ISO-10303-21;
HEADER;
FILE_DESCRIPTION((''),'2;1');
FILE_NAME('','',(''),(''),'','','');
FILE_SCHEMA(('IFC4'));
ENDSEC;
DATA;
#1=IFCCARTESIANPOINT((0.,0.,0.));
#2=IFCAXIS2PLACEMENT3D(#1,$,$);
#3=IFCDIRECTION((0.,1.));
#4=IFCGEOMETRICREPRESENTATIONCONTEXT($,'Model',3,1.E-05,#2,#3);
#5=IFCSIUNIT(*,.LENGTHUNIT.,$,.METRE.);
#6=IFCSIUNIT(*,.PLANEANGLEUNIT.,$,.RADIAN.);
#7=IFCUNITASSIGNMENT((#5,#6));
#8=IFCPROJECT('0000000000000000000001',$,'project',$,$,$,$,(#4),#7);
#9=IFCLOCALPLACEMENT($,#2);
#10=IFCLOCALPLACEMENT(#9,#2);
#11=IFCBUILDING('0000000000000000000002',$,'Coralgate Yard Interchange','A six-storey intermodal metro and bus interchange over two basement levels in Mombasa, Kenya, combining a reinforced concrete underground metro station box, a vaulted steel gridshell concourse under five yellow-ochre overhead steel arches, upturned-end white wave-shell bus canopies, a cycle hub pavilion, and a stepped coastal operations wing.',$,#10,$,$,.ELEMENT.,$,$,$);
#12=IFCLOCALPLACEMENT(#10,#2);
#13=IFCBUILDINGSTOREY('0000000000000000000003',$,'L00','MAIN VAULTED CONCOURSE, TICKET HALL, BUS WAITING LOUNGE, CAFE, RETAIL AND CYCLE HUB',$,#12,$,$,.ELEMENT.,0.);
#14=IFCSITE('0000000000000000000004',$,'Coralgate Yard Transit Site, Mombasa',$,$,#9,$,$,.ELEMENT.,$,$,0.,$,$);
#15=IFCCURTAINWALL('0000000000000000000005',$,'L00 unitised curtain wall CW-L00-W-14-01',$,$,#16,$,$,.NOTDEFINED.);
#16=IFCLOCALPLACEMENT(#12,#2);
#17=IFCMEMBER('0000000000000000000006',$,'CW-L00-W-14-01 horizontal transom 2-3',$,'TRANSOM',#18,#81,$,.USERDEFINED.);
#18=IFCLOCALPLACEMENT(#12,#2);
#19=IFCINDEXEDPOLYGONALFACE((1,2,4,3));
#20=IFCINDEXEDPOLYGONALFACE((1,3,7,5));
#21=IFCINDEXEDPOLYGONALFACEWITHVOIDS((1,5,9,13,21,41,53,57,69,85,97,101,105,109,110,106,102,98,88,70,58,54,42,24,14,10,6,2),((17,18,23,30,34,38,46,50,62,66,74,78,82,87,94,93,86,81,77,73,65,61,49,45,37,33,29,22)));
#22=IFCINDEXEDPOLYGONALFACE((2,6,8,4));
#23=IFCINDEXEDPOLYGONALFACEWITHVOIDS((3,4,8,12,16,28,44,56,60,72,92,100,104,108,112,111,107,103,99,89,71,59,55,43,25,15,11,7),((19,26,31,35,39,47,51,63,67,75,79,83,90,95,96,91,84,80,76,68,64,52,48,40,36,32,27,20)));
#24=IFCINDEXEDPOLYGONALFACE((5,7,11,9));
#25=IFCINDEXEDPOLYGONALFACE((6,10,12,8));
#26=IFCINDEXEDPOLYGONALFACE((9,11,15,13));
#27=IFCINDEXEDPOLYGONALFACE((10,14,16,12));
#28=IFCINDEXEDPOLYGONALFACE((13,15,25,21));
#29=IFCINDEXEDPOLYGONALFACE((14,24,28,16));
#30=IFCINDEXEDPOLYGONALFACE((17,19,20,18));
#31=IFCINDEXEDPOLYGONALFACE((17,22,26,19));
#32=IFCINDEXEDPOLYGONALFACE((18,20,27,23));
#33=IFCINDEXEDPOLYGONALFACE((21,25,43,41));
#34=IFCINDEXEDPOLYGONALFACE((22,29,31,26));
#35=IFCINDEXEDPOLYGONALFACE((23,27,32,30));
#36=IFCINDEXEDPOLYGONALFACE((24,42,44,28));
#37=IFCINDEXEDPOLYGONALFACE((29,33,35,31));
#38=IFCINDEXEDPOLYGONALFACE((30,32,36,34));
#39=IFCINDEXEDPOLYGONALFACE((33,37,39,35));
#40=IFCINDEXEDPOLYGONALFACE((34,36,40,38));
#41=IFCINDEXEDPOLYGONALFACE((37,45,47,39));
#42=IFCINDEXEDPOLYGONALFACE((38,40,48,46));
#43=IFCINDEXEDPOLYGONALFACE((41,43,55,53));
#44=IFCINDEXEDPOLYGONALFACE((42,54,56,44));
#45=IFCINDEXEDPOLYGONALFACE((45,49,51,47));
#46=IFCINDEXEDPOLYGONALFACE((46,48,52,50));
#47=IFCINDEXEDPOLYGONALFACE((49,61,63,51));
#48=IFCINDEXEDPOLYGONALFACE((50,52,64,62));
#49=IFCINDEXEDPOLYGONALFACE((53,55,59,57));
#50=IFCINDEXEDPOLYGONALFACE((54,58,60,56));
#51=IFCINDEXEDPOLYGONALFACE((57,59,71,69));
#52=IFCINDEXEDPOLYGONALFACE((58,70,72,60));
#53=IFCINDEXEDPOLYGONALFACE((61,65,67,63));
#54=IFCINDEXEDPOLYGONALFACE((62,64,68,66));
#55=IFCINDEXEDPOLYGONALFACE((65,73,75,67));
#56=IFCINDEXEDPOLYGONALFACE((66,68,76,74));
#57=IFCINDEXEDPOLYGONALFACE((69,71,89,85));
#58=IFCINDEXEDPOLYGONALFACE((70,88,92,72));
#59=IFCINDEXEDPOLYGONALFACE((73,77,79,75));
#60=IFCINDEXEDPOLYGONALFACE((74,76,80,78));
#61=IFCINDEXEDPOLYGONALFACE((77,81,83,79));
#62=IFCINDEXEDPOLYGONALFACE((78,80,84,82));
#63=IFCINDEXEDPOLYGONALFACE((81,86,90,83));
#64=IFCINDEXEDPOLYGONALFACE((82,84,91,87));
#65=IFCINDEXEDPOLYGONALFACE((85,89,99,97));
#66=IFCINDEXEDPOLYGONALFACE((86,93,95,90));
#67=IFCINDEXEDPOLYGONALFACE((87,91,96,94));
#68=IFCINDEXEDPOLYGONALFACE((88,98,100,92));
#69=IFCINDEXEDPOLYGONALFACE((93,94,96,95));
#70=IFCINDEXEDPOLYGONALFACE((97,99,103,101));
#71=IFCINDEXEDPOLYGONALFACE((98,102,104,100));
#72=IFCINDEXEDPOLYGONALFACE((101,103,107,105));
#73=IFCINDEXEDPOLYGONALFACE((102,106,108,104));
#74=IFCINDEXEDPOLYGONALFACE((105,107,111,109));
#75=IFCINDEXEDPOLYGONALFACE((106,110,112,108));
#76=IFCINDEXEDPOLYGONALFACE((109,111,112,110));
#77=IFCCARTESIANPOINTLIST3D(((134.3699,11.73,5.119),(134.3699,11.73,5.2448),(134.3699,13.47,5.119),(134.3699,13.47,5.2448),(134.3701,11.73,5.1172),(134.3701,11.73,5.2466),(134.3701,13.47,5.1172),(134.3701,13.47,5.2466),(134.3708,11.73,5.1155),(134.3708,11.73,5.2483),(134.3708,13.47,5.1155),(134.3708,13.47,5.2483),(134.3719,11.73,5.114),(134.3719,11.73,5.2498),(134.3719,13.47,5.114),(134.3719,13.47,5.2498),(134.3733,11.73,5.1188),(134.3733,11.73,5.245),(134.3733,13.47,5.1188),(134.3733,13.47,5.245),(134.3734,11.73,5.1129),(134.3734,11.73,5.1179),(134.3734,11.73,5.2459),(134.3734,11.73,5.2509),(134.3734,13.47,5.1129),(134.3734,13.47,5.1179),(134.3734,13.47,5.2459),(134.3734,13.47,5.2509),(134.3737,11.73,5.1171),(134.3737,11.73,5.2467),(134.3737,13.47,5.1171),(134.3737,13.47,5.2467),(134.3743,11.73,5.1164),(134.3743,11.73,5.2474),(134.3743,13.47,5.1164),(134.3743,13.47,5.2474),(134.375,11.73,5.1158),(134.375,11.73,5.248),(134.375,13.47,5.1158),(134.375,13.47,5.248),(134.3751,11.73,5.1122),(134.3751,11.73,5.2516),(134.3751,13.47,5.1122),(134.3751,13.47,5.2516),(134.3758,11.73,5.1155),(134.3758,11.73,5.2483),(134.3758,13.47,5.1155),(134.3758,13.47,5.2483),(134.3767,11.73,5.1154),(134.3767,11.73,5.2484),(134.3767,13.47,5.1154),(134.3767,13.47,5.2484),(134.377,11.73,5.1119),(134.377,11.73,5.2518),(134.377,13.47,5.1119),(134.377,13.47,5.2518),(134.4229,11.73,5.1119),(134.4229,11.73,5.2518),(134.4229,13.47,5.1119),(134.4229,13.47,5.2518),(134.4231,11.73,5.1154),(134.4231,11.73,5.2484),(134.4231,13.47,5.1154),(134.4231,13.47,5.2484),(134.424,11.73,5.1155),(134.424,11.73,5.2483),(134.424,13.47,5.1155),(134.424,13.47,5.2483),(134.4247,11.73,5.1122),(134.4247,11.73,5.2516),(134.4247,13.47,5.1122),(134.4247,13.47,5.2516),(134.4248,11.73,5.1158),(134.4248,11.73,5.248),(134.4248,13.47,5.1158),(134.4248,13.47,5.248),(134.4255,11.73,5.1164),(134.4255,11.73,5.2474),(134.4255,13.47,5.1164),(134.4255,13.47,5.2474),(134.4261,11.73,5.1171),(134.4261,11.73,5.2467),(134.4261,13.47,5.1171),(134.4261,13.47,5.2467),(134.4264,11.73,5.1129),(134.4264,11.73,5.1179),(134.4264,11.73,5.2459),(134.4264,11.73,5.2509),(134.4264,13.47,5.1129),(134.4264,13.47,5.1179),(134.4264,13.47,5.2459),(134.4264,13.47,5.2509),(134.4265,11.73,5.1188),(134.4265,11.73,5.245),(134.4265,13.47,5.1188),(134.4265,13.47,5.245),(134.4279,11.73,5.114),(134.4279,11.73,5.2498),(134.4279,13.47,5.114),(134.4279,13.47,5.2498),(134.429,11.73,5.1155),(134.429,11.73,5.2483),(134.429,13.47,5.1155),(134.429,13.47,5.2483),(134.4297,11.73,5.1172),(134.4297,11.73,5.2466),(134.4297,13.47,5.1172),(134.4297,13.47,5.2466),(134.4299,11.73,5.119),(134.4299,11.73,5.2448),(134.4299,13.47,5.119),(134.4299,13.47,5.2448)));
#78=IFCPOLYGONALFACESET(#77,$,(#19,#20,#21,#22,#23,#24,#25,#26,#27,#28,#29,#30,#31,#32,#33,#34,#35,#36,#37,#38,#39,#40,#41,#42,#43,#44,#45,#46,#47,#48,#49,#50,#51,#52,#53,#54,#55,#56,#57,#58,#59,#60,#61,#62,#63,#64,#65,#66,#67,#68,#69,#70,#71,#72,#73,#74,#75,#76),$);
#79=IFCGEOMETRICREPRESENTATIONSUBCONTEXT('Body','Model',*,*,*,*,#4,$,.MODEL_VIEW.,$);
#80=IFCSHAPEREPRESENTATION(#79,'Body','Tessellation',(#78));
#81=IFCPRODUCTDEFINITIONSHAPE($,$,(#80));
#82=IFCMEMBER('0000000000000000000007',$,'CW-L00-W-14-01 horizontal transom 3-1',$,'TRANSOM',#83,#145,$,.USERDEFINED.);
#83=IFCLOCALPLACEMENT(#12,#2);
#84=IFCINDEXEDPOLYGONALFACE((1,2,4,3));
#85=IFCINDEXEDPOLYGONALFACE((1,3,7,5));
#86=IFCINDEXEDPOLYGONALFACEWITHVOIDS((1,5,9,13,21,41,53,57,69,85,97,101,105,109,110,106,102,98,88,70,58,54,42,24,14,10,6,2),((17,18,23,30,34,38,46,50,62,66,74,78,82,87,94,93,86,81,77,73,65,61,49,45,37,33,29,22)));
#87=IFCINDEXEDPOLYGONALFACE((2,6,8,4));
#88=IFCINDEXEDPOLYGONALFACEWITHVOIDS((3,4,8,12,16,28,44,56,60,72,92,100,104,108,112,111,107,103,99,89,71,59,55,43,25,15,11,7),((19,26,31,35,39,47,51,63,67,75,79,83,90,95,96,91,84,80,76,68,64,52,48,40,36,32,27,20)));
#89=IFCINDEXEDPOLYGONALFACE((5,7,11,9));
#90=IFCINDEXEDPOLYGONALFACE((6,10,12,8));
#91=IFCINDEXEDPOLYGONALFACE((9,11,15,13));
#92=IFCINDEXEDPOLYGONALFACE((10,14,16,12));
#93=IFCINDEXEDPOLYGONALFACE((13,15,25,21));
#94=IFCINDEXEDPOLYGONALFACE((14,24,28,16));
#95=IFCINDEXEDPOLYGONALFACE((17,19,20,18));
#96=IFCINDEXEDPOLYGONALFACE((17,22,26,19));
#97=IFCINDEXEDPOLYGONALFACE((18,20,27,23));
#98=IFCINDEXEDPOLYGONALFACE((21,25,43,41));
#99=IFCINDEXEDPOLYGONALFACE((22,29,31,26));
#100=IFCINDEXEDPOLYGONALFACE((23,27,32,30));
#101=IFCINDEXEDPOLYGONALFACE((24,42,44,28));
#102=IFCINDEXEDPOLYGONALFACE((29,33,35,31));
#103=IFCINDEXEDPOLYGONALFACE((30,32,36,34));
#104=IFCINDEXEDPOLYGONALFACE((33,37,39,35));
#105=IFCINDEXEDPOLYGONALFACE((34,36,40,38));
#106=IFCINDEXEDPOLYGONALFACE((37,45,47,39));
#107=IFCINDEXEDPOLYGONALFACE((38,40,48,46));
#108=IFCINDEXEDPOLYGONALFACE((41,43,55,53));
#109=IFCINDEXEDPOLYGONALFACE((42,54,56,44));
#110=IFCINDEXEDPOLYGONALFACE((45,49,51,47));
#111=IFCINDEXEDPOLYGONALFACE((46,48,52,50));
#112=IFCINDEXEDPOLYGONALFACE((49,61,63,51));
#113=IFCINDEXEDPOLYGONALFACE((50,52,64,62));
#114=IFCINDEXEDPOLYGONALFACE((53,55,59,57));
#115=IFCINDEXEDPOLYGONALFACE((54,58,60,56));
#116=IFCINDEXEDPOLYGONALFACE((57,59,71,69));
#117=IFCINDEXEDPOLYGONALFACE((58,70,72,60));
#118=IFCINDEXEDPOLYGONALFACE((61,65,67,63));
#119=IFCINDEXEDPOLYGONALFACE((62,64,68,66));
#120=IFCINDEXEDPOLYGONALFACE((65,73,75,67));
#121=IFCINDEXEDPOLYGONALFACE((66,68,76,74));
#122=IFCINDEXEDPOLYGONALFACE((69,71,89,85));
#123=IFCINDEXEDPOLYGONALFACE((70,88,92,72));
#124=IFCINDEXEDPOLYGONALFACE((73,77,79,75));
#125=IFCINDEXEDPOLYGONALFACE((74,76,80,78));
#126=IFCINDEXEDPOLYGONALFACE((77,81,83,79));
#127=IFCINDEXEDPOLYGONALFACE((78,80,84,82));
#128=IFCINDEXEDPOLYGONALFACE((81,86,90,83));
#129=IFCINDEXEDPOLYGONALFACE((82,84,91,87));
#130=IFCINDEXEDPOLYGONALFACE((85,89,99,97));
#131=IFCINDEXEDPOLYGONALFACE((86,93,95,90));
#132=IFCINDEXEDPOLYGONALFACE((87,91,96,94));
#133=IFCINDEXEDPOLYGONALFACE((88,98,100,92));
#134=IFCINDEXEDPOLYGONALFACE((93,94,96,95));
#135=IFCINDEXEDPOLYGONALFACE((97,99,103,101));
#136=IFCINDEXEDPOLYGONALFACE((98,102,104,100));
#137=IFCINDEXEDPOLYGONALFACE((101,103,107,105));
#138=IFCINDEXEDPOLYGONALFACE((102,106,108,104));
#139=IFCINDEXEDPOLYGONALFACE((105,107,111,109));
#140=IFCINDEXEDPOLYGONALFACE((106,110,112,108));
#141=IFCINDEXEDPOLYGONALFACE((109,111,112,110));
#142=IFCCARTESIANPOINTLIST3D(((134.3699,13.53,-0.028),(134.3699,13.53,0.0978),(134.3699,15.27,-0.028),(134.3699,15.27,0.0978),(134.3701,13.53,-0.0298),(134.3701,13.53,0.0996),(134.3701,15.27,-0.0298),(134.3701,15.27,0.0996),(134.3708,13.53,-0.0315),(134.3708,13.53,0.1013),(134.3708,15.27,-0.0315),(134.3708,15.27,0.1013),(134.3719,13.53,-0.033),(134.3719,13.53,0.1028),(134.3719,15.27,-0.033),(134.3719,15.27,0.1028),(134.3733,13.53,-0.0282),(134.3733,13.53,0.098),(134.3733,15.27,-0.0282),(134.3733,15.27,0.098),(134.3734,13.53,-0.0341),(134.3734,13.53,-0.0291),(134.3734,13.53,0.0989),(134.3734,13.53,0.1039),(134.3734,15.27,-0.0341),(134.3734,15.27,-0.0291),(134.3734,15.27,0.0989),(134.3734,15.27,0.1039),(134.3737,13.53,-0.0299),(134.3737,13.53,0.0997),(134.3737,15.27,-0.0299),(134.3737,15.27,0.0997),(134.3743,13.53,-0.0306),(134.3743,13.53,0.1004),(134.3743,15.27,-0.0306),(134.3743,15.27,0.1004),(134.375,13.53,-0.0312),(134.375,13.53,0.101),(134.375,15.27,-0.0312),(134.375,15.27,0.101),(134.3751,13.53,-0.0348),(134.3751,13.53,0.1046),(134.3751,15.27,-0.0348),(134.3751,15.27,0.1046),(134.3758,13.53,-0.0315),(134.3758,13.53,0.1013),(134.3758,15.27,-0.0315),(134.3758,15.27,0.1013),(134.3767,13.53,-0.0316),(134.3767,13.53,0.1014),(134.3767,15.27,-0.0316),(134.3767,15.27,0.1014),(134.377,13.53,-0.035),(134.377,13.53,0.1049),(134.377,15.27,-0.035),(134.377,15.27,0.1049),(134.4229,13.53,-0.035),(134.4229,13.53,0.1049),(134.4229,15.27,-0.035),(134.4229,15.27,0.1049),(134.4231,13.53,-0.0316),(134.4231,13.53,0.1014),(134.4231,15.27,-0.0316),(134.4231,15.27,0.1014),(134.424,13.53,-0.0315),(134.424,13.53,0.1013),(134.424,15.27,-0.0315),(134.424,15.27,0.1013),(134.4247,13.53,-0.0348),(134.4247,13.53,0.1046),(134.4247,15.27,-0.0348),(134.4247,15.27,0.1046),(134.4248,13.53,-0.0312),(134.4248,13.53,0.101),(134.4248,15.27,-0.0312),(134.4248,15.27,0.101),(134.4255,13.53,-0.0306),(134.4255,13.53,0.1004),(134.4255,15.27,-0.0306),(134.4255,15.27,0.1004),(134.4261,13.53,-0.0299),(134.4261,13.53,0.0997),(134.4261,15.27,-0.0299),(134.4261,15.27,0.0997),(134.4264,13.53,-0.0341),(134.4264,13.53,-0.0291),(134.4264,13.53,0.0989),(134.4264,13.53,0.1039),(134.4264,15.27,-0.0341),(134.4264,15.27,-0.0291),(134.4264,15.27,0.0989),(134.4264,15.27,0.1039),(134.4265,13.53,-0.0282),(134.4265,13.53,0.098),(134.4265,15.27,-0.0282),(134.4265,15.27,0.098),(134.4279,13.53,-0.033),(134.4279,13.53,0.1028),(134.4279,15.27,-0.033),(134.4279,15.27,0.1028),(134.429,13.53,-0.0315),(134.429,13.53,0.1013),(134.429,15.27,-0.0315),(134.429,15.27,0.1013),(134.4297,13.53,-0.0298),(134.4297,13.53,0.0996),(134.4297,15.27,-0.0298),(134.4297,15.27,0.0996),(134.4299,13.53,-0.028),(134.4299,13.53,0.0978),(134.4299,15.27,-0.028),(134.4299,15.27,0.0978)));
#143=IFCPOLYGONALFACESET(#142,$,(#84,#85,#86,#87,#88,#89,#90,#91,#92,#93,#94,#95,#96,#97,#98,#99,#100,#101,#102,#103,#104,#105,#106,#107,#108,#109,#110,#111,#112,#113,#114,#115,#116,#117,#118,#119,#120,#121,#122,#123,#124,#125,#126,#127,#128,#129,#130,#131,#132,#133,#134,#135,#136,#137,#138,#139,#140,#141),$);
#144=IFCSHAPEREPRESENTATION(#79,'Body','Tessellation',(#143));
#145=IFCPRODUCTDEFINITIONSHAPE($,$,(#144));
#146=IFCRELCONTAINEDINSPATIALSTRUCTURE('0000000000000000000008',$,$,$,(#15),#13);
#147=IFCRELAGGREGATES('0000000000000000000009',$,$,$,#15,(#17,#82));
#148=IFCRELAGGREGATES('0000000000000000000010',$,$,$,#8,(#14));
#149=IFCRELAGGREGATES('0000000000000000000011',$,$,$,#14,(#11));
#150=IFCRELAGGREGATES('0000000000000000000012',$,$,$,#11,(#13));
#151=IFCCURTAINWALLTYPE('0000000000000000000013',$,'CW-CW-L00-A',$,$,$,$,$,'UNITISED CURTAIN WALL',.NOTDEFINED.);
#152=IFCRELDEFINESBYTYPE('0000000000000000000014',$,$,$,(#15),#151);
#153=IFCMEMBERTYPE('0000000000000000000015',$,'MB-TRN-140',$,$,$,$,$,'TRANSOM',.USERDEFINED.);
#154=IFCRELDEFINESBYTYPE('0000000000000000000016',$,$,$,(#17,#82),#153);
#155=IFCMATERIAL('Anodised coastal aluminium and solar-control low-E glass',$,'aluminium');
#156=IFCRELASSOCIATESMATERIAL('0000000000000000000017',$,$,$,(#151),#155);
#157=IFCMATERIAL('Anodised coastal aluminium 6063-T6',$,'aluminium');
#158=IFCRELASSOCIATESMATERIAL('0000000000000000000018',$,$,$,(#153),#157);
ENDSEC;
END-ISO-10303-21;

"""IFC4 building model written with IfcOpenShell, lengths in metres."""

from ifc_helpers import new_model, si_unit, direction, frame, origin, origin_2d, place, context, subcontext, project, spatial, hollow_rectangle, extrude, material, material_profile, profile_set, type_object, element, aggregate, save


model = new_model("IFC4")

# Units and contexts
model_context = context("Model", 3, precision=1e-05, world=origin(), true_north=direction((0.0, 1.0)))
body_context = subcontext(model_context, "Body", "Model", "MODEL_VIEW")
ifc_project = project(units=[si_unit("LENGTHUNIT", "METRE"), si_unit("PLANEANGLEUNIT", "RADIAN")], contexts=[model_context])

# Site, building, storey
site_placement = place(None, origin())
site = spatial("IfcSite", under=ifc_project, at=site_placement, Name="Coralgate Yard Transit Site, Mombasa", CompositionType="ELEMENT", RefElevation=0.0)
building_placement = place(site_placement, origin())
building = spatial("IfcBuilding", under=site, at=building_placement, Name="Coralgate Yard Interchange", Description="A six-storey intermodal metro and bus interchange over two basement levels in Mombasa, Kenya, combining a reinforced concrete underground metro station box, a vaulted steel gridshell concourse under five yellow-ochre overhead steel arches, upturned-end white wave-shell bus canopies, a cycle hub pavilion, and a stepped coastal operations wing.", CompositionType="ELEMENT")
storey_placement = place(building_placement, origin())
storey = spatial("IfcBuildingStorey", under=building, at=storey_placement, Name="L00", Description="MAIN VAULTED CONCOURSE, TICKET HALL, BUS WAITING LOUNGE, CAFE, RETAIL AND CYCLE HUB", CompositionType="ELEMENT", Elevation=0.0)

# Curtain wall, members
ifc_material_1 = material(Name="Anodised coastal aluminium and solar-control low-E glass", Category="aluminium")
curtain_wall_type = type_object("IfcCurtainWallType", Name="CW-CW-L00-A", ElementType="UNITISED CURTAIN WALL", PredefinedType="NOTDEFINED", material=ifc_material_1)
curtain_wall_placement = place(storey_placement, origin())
curtain_wall = element("IfcCurtainWall", 1, at=curtain_wall_placement, inside=storey, type_object=curtain_wall_type, Name="L00 unitised curtain wall CW-L00-W-14-01", PredefinedType="NOTDEFINED")
ifc_material_2 = material(Name="Anodised coastal aluminium 6063-T6", Category="aluminium")
ifc_material_profile_1 = material_profile(ifc_material_2, hollow_rectangle(XDim=0.0601, YDim=0.1399, WallThickness=0.0034, InnerFilletRadius=0.0034, OuterFilletRadius=0.0071, at=origin_2d()), Name="ALU 60x140x3.5")
ifc_profile_set_1 = profile_set([ifc_material_profile_1], Name="Anodised coastal aluminium 6063-T6")
member_type_1 = type_object("IfcMemberType", Name="MB-TRN-140", ElementType="TRANSOM", PredefinedType="USERDEFINED", material=ifc_profile_set_1)
member_1_placement = place(storey_placement, frame((134.3999, 11.73, 5.1819), z_axis=(0.0, 1.0, 0.0), x_axis=(-1.0, 0.0, 0.0)))
member_1 = element("IfcMember", 2, at=member_1_placement, type_object=member_type_1, Name="CW-L00-W-14-01 horizontal transom 2-3", ObjectType="TRANSOM", PredefinedType="USERDEFINED", context=body_context, shape_type="SweptSolid", body=[
    extrude(hollow_rectangle(XDim=0.0601, YDim=0.1399, WallThickness=0.0034, InnerFilletRadius=0.0034, OuterFilletRadius=0.0071, at=origin_2d()), origin(), (0.0, 0.0, 1.0), 1.74),
])
member_2_placement = place(storey_placement, frame((134.3999, 13.53, 0.0349), z_axis=(0.0, 1.0, 0.0), x_axis=(-1.0, 0.0, 0.0)))
member_2 = element("IfcMember", 3, at=member_2_placement, type_object=member_type_1, Name="CW-L00-W-14-01 horizontal transom 3-1", ObjectType="TRANSOM", PredefinedType="USERDEFINED", context=body_context, shape_type="SweptSolid", body=[
    extrude(hollow_rectangle(XDim=0.0601, YDim=0.1399, WallThickness=0.0034, InnerFilletRadius=0.0034, OuterFilletRadius=0.0071, at=origin_2d()), origin(), (0.0, 0.0, 1.0), 1.74),
])
aggregate(curtain_wall, [member_1, member_2])

save(model, "model.ifc")
